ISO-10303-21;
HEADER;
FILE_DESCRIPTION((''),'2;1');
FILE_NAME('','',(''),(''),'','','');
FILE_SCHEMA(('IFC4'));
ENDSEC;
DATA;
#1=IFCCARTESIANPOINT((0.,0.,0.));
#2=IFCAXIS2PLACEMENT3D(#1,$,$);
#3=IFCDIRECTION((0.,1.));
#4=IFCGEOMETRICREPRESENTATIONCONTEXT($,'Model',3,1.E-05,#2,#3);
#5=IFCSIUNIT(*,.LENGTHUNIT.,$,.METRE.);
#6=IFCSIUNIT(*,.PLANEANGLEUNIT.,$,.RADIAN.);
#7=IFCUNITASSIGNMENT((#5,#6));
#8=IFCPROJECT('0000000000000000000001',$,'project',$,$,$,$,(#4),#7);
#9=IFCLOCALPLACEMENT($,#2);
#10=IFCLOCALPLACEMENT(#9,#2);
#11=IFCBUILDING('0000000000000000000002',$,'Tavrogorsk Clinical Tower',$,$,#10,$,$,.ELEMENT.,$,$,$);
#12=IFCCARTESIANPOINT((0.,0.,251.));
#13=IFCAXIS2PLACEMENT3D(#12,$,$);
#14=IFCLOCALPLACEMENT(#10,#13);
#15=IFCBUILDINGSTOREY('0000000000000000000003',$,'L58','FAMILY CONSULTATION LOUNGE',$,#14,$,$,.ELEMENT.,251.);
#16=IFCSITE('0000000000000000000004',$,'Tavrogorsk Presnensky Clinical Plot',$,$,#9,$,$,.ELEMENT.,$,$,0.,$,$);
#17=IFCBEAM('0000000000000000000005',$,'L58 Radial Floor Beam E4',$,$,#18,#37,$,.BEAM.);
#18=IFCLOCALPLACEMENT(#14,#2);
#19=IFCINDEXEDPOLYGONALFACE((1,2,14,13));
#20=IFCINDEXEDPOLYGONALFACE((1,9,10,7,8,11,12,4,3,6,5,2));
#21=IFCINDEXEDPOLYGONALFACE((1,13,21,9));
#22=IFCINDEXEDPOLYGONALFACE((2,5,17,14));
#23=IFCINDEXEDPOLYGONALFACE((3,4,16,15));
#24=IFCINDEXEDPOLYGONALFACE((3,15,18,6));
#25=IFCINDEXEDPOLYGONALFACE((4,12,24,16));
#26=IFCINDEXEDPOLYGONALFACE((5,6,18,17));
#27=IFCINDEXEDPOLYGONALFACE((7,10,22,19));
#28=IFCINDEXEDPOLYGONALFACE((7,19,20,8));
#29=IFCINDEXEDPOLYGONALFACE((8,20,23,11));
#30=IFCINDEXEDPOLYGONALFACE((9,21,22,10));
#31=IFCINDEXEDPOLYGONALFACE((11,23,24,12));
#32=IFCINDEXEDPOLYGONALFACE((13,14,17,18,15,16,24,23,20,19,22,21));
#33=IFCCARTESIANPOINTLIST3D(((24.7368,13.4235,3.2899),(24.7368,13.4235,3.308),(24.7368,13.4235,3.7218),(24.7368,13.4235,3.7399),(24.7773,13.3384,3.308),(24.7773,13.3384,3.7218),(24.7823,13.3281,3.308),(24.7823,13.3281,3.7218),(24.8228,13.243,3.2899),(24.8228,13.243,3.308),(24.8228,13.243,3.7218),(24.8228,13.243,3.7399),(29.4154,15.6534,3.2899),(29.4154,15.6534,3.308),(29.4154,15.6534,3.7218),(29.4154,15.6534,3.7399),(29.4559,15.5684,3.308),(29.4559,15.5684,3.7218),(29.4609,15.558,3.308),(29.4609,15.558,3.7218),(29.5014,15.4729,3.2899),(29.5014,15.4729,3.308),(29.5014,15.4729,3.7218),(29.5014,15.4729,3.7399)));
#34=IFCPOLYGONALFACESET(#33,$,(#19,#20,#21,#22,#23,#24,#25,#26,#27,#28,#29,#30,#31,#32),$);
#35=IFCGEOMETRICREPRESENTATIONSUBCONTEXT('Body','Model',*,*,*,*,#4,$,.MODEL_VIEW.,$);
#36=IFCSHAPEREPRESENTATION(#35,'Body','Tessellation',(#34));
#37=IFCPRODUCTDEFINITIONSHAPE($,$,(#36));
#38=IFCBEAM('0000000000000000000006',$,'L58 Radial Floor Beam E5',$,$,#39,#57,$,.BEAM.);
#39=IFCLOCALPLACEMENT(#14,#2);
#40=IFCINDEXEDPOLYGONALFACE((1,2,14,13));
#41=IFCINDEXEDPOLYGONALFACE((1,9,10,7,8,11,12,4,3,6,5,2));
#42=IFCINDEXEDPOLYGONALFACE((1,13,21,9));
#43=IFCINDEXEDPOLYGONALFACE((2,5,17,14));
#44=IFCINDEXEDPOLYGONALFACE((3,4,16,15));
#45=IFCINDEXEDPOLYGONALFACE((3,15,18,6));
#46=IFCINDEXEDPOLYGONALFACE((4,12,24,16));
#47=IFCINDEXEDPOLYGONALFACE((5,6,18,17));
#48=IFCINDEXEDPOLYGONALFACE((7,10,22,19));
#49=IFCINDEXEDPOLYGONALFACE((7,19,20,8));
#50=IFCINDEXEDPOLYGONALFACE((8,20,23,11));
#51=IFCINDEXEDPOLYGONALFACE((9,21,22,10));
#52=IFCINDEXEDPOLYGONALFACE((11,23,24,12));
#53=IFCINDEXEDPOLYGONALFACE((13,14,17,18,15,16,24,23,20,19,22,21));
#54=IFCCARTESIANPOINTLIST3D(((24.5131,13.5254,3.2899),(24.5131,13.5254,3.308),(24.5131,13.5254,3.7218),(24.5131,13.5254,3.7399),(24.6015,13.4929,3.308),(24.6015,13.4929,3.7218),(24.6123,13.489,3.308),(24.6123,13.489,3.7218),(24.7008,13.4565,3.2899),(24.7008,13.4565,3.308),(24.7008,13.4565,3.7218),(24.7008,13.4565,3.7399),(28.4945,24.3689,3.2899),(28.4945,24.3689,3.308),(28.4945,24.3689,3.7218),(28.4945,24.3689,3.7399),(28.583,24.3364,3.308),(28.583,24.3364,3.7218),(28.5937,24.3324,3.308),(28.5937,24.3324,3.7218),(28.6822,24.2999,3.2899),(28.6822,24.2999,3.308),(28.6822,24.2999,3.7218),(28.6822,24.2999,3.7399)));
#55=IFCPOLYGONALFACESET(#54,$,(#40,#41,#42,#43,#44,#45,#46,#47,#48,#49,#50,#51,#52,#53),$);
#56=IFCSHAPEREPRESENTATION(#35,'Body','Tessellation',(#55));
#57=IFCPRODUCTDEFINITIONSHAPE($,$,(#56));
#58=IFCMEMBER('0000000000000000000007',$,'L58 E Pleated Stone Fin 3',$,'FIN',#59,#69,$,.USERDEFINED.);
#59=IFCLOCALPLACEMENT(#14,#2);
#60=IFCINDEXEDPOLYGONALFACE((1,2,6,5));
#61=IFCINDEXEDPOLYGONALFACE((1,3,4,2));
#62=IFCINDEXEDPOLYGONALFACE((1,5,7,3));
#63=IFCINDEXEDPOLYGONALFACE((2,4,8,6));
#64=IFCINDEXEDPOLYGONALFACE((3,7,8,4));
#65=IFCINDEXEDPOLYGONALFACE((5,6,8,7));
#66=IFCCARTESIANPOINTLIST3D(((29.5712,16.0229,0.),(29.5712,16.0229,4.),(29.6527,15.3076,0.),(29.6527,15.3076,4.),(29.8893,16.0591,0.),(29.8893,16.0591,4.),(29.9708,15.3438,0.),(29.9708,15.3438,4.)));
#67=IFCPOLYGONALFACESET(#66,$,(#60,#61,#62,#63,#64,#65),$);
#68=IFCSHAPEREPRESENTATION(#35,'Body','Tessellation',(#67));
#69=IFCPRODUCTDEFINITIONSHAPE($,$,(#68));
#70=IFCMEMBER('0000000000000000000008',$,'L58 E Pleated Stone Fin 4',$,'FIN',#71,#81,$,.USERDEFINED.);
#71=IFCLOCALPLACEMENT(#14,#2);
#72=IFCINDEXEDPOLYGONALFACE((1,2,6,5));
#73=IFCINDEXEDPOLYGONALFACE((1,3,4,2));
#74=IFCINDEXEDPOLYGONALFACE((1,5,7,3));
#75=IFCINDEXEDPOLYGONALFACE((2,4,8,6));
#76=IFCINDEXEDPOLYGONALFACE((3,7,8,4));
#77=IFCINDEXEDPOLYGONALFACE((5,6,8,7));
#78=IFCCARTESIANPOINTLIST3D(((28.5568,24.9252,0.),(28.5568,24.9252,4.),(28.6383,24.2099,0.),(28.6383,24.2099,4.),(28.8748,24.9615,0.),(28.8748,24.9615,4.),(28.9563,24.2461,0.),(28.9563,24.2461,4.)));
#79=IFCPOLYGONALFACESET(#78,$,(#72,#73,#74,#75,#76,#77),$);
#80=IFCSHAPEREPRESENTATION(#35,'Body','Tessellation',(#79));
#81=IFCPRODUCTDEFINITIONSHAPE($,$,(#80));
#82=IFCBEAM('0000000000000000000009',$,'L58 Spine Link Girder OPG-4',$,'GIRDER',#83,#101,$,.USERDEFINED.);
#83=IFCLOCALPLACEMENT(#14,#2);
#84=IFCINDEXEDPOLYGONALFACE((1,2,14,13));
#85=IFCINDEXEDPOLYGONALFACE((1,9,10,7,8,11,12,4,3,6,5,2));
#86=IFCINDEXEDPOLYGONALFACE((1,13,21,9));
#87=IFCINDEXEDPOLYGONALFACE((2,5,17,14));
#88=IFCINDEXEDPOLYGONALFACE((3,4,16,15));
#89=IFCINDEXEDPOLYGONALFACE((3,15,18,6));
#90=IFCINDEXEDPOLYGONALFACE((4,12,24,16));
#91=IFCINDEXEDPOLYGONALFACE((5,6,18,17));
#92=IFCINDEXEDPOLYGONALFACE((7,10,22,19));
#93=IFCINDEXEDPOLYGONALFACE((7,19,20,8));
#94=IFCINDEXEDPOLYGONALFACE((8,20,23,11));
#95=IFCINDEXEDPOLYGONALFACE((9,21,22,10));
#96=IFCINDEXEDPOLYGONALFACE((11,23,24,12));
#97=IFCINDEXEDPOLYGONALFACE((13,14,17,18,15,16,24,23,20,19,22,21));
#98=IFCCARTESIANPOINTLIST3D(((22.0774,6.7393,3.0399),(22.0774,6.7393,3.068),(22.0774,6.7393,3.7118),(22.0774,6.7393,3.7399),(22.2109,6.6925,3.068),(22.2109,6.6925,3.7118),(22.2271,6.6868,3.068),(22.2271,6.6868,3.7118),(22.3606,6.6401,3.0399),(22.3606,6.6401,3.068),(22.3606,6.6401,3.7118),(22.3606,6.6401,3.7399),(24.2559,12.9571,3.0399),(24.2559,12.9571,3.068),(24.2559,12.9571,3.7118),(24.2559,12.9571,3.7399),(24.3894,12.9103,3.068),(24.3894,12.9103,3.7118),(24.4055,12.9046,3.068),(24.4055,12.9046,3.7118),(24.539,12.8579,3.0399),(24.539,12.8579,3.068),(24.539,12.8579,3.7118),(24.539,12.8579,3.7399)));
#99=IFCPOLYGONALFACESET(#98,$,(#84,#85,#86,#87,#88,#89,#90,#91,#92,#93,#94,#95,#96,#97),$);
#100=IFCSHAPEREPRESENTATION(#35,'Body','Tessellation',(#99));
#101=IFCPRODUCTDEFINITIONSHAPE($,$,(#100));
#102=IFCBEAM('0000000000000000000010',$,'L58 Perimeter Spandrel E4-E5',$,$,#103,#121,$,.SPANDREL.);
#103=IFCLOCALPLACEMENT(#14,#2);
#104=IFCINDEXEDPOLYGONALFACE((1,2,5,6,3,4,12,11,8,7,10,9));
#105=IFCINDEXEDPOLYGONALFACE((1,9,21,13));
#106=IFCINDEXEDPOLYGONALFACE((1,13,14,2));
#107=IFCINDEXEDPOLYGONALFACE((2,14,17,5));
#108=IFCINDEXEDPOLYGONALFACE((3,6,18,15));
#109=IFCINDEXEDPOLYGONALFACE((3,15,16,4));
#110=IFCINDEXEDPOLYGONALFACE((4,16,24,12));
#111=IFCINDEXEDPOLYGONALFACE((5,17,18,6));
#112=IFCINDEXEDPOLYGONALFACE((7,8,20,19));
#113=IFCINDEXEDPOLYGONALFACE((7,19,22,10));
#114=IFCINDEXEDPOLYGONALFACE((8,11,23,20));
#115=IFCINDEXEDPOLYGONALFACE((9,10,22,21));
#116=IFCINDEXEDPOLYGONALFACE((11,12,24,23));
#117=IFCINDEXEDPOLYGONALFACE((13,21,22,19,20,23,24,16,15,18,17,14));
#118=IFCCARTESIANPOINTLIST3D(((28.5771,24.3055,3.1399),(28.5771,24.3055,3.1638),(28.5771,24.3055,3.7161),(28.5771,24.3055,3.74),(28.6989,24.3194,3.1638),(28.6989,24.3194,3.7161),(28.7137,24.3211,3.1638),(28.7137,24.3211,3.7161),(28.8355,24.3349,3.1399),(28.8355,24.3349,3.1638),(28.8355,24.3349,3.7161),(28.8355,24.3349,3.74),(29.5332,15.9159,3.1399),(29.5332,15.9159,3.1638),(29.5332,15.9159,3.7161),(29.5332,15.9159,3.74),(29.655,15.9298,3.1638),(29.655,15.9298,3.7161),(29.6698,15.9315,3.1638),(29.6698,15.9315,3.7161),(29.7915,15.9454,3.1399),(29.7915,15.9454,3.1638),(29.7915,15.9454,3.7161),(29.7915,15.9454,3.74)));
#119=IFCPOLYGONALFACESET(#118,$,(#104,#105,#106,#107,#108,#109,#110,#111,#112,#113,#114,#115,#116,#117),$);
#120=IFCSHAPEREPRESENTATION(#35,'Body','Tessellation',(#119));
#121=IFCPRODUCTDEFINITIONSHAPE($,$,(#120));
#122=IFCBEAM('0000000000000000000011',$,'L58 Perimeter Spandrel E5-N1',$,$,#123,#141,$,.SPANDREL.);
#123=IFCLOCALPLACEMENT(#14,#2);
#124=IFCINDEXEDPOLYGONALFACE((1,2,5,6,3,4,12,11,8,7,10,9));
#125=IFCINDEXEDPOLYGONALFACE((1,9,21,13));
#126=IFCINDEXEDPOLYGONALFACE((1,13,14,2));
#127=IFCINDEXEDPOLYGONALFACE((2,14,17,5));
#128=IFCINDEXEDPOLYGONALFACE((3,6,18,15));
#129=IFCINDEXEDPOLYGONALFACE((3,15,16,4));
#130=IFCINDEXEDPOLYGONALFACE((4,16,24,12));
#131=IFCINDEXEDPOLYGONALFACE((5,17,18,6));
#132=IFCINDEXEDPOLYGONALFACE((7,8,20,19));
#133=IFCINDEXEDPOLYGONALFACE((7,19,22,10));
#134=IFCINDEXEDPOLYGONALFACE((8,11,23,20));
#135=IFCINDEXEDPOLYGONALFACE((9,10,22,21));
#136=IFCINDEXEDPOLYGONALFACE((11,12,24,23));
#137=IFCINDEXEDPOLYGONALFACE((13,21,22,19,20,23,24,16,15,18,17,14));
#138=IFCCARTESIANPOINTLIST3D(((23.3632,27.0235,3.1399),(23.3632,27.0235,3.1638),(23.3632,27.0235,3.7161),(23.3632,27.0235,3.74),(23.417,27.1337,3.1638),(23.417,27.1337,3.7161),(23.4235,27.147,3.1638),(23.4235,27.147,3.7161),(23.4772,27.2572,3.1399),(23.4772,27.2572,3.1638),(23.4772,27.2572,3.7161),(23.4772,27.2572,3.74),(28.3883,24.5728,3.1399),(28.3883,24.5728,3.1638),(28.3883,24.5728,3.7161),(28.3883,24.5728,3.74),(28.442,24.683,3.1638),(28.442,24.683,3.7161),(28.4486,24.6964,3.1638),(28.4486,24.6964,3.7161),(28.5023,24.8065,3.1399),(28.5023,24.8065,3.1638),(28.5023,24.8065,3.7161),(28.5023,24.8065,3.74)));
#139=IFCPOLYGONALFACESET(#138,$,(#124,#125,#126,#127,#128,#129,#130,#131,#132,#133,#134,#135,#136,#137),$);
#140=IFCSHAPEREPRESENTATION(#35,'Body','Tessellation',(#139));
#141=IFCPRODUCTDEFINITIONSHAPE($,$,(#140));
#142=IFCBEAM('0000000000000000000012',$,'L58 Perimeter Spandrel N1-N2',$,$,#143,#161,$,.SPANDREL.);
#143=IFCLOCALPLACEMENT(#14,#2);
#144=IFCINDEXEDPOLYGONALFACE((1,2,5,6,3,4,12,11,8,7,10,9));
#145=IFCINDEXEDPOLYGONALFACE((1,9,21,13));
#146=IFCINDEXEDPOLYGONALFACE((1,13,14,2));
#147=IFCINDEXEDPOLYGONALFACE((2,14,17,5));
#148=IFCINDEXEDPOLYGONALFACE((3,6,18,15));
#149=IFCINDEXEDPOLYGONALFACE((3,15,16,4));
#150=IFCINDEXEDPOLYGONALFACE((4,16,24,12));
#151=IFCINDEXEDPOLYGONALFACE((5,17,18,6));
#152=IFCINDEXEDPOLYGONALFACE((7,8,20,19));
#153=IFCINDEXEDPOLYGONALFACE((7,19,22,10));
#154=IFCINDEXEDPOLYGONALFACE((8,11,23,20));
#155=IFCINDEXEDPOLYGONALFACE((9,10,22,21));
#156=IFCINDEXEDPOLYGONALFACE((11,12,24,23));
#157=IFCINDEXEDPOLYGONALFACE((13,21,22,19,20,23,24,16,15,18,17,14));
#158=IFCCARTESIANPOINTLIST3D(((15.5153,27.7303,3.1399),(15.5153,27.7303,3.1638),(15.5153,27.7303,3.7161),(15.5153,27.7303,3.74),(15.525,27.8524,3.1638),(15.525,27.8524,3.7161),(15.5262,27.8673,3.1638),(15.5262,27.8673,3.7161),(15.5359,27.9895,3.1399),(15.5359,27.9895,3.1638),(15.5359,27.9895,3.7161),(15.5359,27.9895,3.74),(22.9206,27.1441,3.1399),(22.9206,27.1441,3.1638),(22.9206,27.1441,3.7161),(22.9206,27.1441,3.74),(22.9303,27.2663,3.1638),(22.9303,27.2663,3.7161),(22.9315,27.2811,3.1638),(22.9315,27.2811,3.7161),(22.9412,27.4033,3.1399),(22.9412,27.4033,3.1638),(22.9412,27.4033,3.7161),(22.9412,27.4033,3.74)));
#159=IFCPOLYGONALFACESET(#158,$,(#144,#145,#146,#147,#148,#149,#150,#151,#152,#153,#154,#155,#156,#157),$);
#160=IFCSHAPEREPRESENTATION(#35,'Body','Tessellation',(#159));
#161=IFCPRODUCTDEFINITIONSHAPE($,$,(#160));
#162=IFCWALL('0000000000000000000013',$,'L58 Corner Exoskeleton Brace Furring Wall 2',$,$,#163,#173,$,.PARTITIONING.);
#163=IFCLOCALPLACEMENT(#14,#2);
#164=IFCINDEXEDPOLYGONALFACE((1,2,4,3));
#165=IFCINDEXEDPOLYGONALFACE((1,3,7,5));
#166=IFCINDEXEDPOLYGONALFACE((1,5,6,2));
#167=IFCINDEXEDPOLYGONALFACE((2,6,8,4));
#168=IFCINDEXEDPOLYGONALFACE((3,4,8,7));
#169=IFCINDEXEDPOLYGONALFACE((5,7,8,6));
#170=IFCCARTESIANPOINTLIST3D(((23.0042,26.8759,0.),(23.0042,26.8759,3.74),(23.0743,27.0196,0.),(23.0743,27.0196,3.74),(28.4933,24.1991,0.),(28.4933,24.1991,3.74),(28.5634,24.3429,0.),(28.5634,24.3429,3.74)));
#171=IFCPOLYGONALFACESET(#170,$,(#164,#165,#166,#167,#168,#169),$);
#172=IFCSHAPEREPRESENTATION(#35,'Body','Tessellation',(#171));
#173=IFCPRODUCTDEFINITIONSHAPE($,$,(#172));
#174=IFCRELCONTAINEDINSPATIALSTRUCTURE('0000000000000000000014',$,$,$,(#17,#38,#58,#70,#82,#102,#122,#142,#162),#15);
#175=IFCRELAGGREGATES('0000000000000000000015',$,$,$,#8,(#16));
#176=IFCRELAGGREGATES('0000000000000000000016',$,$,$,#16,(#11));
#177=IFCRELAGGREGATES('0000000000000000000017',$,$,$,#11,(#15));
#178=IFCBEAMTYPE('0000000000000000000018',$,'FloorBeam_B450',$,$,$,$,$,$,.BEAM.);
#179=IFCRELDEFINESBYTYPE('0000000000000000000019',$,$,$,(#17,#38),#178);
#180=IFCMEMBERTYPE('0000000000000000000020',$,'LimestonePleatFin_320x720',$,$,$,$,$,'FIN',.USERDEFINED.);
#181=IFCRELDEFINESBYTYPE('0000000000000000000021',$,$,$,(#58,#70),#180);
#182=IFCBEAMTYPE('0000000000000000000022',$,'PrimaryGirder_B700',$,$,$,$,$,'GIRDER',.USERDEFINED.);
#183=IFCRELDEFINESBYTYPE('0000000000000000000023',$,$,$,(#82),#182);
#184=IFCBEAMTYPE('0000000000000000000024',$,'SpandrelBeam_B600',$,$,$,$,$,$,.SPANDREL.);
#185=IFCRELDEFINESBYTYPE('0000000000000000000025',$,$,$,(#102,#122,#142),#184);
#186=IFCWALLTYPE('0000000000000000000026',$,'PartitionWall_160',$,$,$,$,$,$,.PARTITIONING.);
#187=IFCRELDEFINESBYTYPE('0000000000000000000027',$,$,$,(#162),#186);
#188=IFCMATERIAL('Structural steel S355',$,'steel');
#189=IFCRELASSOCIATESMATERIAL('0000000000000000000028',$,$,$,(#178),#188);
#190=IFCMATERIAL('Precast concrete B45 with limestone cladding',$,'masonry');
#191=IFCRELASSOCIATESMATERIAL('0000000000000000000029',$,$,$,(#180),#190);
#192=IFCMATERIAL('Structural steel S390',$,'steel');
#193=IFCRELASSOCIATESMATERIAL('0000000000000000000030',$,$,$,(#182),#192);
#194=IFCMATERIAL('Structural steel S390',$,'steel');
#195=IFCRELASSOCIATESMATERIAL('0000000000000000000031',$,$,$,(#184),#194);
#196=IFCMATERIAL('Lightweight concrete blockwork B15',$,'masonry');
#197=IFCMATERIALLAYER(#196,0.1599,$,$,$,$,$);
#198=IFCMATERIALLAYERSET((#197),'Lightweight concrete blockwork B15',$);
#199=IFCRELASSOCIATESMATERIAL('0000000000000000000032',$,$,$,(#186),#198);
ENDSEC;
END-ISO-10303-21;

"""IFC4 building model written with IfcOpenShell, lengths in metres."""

from ifc_helpers import new_model, si_unit, direction, frame, frame_2d, origin, origin_2d, place, context, subcontext, project, spatial, rectangle, i_section, extrude, material, layer, layer_set, material_profile, profile_set, type_object, element, save


model = new_model("IFC4")

# Units and contexts
model_context = context("Model", 3, precision=1e-05, world=origin(), true_north=direction((0.0, 1.0)))
body_context = subcontext(model_context, "Body", "Model", "MODEL_VIEW")
ifc_project = project(units=[si_unit("LENGTHUNIT", "METRE"), si_unit("PLANEANGLEUNIT", "RADIAN")], contexts=[model_context])

# Site, building, storey
site_placement = place(None, origin())
site = spatial("IfcSite", under=ifc_project, at=site_placement, Name="Tavrogorsk Presnensky Clinical Plot", CompositionType="ELEMENT", RefElevation=0.0)
building_placement = place(site_placement, origin())
building = spatial("IfcBuilding", under=site, at=building_placement, Name="Tavrogorsk Clinical Tower", CompositionType="ELEMENT")
storey_placement = place(building_placement, frame((0.0, 0.0, 251.0)))
storey = spatial("IfcBuildingStorey", under=building, at=storey_placement, Name="L58", Description="FAMILY CONSULTATION LOUNGE", CompositionType="ELEMENT", Elevation=251.0)

# Beams
ifc_material_1 = material(Name="Structural steel S355", Category="steel")
ifc_material_profile_1 = material_profile(ifc_material_1, i_section(OverallWidth=0.2, OverallDepth=0.45, WebThickness=0.0115, FlangeThickness=0.0181, at=origin_2d()), Name="B-450x200x11.5x18")
ifc_profile_set_1 = profile_set([ifc_material_profile_1], Name="Structural steel S355")
beam_type_1 = type_object("IfcBeamType", Name="FloorBeam_B450", PredefinedType="BEAM", material=ifc_profile_set_1)
beam_1_placement = place(storey_placement, frame((24.7798, 13.3333, 3.5149), z_axis=(0.902709, 0.430252, 0.0), x_axis=(-0.430252, 0.902709, 0.0)))
element("IfcBeam", 1, at=beam_1_placement, inside=storey, type_object=beam_type_1, Name="L58 Radial Floor Beam E4", PredefinedType="BEAM", context=body_context, shape_type="SweptSolid", body=[
    extrude(i_section(OverallWidth=0.2, OverallDepth=0.45, WebThickness=0.0115, FlangeThickness=0.0181, at=origin_2d()), origin(), (0.0, 0.0, 1.0), 5.1829),
])
beam_2_placement = place(storey_placement, frame((24.6069, 13.491, 3.5149), z_axis=(0.344674, 0.938723, 0.0), x_axis=(-0.938723, 0.344674, 0.0)))
element("IfcBeam", 2, at=beam_2_placement, inside=storey, type_object=beam_type_1, Name="L58 Radial Floor Beam E5", PredefinedType="BEAM", context=body_context, shape_type="SweptSolid", body=[
    extrude(i_section(OverallWidth=0.2, OverallDepth=0.45, WebThickness=0.0115, FlangeThickness=0.0181, at=origin_2d()), origin(), (0.0, 0.0, 1.0), 11.5513),
])

# Members
ifc_material_2 = material(Name="Precast concrete B45 with limestone cladding", Category="masonry")
ifc_material_profile_2 = material_profile(ifc_material_2, rectangle(XDim=0.3201, YDim=0.72, at=origin_2d()), Name="LIMESTONE-FIN-320x720")
ifc_profile_set_2 = profile_set([ifc_material_profile_2], Name="Precast concrete B45 with limestone cladding")
member_type_1 = type_object("IfcMemberType", Name="LimestonePleatFin_320x720", ElementType="FIN", PredefinedType="USERDEFINED", material=ifc_profile_set_2)
for number, where, z_axis, x_axis, name in (
    (3, (29.771, 15.6833, 0.0), (0.0, 0.0, 1.0), (0.993572, 0.113203, 0.0), "L58 E Pleated Stone Fin 3"),
    (4, (28.7566, 24.5857, 0.0), (0.0, 0.0, 1.0), (0.993572, 0.113203, 0.0), "L58 E Pleated Stone Fin 4"),
):
    element("IfcMember", number, at=place(storey_placement, frame(where, z_axis=z_axis, x_axis=x_axis)), inside=storey, type_object=member_type_1, Name=name, ObjectType="FIN", PredefinedType="USERDEFINED", context=body_context, shape_type="SweptSolid", body=[
        extrude(rectangle(XDim=0.3201, YDim=0.72, at=origin_2d()), origin(), (0.0, 0.0, 1.0), 4.0),
    ])

# Beams
ifc_material_3 = material(Name="Structural steel S390", Category="steel")
ifc_material_profile_3 = material_profile(ifc_material_3, i_section(OverallWidth=0.3, OverallDepth=0.7, WebThickness=0.0171, FlangeThickness=0.0281, at=origin_2d()), Name="B-700x300x17x28")
ifc_profile_set_3 = profile_set([ifc_material_profile_3], Name="Structural steel S390")
beam_type_2 = type_object("IfcBeamType", Name="PrimaryGirder_B700", ElementType="GIRDER", PredefinedType="USERDEFINED", material=ifc_profile_set_3)
beam_3_placement = place(storey_placement, frame((24.3975, 12.9075, 3.3899), z_axis=(-0.330654, -0.943752, 0.0), x_axis=(0.943752, -0.330654, 0.0)))
element("IfcBeam", 5, at=beam_3_placement, inside=storey, type_object=beam_type_2, Name="L58 Spine Link Girder OPG-4", ObjectType="GIRDER", PredefinedType="USERDEFINED", context=body_context, shape_type="SweptSolid", body=[
    extrude(i_section(OverallWidth=0.3, OverallDepth=0.7, WebThickness=0.0171, FlangeThickness=0.0281, at=origin_2d()), origin(), (0.0, 0.0, 1.0), 6.5884),
])
ifc_material_4 = material(Name="Structural steel S390", Category="steel")
ifc_material_profile_4 = material_profile(ifc_material_4, i_section(OverallWidth=0.26, OverallDepth=0.6001, WebThickness=0.0149, FlangeThickness=0.0239, at=origin_2d()), Name="B-600x260x15x24")
ifc_profile_set_4 = profile_set([ifc_material_profile_4], Name="Structural steel S390")
beam_type_3 = type_object("IfcBeamType", Name="SpandrelBeam_B600", PredefinedType="SPANDREL", material=ifc_profile_set_4)
beam_4_placement = place(storey_placement, frame((29.6624, 15.9307, 3.4399), z_axis=(-0.113224, 0.99357, 0.0), x_axis=(-0.99357, -0.113224, 0.0)))
element("IfcBeam", 6, at=beam_4_placement, inside=storey, type_object=beam_type_3, Name="L58 Perimeter Spandrel E4-E5", PredefinedType="SPANDREL", context=body_context, shape_type="SweptSolid", body=[
    extrude(i_section(OverallWidth=0.26, OverallDepth=0.6001, WebThickness=0.0149, FlangeThickness=0.0239, at=origin_2d()), origin(), (0.0, 0.0, 1.0), 8.4438),
])
beam_5_placement = place(storey_placement, frame((28.4453, 24.6897, 3.4399), z_axis=(-0.898811, 0.438336, 0.0), x_axis=(-0.438336, -0.898811, 0.0)))
element("IfcBeam", 7, at=beam_5_placement, inside=storey, type_object=beam_type_3, Name="L58 Perimeter Spandrel E5-N1", PredefinedType="SPANDREL", context=body_context, shape_type="SweptSolid", body=[
    extrude(i_section(OverallWidth=0.26, OverallDepth=0.6001, WebThickness=0.0149, FlangeThickness=0.0239, at=origin_2d()), origin(), (0.0, 0.0, 1.0), 5.5908),
])
beam_6_placement = place(storey_placement, frame((22.9309, 27.2737, 3.4399), z_axis=(-0.996882, 0.07891, 0.0), x_axis=(-0.07891, -0.996882, 0.0)))
element("IfcBeam", 8, at=beam_6_placement, inside=storey, type_object=beam_type_3, Name="L58 Perimeter Spandrel N1-N2", PredefinedType="SPANDREL", context=body_context, shape_type="SweptSolid", body=[
    extrude(i_section(OverallWidth=0.26, OverallDepth=0.6001, WebThickness=0.0149, FlangeThickness=0.0239, at=origin_2d()), origin(), (0.0, 0.0, 1.0), 7.4285),
])

# Wall
ifc_material_5 = material(Name="Lightweight concrete blockwork B15", Category="masonry")
ifc_layer_1 = layer(ifc_material_5, 0.1599)
ifc_layer_set_1 = layer_set([ifc_layer_1], Name="Lightweight concrete blockwork B15")
wall_type_1 = type_object("IfcWallType", Name="PartitionWall_160", PredefinedType="PARTITIONING", material=ifc_layer_set_1)
wall_1_placement = place(storey_placement, frame((28.5283, 24.271, 0.0), z_axis=(0.0, 0.0, 1.0), x_axis=(-0.898821, 0.438317, 0.0)))
element("IfcWall", 9, at=wall_1_placement, inside=storey, type_object=wall_type_1, Name="L58 Corner Exoskeleton Brace Furring Wall 2", PredefinedType="PARTITIONING", context=body_context, shape_type="SweptSolid", body=[
    extrude(rectangle(XDim=6.1069, YDim=0.1599, at=frame_2d((3.0535, 0.0))), origin(), (0.0, 0.0, 1.0), 3.74),
])

save(model, "model.ifc")
